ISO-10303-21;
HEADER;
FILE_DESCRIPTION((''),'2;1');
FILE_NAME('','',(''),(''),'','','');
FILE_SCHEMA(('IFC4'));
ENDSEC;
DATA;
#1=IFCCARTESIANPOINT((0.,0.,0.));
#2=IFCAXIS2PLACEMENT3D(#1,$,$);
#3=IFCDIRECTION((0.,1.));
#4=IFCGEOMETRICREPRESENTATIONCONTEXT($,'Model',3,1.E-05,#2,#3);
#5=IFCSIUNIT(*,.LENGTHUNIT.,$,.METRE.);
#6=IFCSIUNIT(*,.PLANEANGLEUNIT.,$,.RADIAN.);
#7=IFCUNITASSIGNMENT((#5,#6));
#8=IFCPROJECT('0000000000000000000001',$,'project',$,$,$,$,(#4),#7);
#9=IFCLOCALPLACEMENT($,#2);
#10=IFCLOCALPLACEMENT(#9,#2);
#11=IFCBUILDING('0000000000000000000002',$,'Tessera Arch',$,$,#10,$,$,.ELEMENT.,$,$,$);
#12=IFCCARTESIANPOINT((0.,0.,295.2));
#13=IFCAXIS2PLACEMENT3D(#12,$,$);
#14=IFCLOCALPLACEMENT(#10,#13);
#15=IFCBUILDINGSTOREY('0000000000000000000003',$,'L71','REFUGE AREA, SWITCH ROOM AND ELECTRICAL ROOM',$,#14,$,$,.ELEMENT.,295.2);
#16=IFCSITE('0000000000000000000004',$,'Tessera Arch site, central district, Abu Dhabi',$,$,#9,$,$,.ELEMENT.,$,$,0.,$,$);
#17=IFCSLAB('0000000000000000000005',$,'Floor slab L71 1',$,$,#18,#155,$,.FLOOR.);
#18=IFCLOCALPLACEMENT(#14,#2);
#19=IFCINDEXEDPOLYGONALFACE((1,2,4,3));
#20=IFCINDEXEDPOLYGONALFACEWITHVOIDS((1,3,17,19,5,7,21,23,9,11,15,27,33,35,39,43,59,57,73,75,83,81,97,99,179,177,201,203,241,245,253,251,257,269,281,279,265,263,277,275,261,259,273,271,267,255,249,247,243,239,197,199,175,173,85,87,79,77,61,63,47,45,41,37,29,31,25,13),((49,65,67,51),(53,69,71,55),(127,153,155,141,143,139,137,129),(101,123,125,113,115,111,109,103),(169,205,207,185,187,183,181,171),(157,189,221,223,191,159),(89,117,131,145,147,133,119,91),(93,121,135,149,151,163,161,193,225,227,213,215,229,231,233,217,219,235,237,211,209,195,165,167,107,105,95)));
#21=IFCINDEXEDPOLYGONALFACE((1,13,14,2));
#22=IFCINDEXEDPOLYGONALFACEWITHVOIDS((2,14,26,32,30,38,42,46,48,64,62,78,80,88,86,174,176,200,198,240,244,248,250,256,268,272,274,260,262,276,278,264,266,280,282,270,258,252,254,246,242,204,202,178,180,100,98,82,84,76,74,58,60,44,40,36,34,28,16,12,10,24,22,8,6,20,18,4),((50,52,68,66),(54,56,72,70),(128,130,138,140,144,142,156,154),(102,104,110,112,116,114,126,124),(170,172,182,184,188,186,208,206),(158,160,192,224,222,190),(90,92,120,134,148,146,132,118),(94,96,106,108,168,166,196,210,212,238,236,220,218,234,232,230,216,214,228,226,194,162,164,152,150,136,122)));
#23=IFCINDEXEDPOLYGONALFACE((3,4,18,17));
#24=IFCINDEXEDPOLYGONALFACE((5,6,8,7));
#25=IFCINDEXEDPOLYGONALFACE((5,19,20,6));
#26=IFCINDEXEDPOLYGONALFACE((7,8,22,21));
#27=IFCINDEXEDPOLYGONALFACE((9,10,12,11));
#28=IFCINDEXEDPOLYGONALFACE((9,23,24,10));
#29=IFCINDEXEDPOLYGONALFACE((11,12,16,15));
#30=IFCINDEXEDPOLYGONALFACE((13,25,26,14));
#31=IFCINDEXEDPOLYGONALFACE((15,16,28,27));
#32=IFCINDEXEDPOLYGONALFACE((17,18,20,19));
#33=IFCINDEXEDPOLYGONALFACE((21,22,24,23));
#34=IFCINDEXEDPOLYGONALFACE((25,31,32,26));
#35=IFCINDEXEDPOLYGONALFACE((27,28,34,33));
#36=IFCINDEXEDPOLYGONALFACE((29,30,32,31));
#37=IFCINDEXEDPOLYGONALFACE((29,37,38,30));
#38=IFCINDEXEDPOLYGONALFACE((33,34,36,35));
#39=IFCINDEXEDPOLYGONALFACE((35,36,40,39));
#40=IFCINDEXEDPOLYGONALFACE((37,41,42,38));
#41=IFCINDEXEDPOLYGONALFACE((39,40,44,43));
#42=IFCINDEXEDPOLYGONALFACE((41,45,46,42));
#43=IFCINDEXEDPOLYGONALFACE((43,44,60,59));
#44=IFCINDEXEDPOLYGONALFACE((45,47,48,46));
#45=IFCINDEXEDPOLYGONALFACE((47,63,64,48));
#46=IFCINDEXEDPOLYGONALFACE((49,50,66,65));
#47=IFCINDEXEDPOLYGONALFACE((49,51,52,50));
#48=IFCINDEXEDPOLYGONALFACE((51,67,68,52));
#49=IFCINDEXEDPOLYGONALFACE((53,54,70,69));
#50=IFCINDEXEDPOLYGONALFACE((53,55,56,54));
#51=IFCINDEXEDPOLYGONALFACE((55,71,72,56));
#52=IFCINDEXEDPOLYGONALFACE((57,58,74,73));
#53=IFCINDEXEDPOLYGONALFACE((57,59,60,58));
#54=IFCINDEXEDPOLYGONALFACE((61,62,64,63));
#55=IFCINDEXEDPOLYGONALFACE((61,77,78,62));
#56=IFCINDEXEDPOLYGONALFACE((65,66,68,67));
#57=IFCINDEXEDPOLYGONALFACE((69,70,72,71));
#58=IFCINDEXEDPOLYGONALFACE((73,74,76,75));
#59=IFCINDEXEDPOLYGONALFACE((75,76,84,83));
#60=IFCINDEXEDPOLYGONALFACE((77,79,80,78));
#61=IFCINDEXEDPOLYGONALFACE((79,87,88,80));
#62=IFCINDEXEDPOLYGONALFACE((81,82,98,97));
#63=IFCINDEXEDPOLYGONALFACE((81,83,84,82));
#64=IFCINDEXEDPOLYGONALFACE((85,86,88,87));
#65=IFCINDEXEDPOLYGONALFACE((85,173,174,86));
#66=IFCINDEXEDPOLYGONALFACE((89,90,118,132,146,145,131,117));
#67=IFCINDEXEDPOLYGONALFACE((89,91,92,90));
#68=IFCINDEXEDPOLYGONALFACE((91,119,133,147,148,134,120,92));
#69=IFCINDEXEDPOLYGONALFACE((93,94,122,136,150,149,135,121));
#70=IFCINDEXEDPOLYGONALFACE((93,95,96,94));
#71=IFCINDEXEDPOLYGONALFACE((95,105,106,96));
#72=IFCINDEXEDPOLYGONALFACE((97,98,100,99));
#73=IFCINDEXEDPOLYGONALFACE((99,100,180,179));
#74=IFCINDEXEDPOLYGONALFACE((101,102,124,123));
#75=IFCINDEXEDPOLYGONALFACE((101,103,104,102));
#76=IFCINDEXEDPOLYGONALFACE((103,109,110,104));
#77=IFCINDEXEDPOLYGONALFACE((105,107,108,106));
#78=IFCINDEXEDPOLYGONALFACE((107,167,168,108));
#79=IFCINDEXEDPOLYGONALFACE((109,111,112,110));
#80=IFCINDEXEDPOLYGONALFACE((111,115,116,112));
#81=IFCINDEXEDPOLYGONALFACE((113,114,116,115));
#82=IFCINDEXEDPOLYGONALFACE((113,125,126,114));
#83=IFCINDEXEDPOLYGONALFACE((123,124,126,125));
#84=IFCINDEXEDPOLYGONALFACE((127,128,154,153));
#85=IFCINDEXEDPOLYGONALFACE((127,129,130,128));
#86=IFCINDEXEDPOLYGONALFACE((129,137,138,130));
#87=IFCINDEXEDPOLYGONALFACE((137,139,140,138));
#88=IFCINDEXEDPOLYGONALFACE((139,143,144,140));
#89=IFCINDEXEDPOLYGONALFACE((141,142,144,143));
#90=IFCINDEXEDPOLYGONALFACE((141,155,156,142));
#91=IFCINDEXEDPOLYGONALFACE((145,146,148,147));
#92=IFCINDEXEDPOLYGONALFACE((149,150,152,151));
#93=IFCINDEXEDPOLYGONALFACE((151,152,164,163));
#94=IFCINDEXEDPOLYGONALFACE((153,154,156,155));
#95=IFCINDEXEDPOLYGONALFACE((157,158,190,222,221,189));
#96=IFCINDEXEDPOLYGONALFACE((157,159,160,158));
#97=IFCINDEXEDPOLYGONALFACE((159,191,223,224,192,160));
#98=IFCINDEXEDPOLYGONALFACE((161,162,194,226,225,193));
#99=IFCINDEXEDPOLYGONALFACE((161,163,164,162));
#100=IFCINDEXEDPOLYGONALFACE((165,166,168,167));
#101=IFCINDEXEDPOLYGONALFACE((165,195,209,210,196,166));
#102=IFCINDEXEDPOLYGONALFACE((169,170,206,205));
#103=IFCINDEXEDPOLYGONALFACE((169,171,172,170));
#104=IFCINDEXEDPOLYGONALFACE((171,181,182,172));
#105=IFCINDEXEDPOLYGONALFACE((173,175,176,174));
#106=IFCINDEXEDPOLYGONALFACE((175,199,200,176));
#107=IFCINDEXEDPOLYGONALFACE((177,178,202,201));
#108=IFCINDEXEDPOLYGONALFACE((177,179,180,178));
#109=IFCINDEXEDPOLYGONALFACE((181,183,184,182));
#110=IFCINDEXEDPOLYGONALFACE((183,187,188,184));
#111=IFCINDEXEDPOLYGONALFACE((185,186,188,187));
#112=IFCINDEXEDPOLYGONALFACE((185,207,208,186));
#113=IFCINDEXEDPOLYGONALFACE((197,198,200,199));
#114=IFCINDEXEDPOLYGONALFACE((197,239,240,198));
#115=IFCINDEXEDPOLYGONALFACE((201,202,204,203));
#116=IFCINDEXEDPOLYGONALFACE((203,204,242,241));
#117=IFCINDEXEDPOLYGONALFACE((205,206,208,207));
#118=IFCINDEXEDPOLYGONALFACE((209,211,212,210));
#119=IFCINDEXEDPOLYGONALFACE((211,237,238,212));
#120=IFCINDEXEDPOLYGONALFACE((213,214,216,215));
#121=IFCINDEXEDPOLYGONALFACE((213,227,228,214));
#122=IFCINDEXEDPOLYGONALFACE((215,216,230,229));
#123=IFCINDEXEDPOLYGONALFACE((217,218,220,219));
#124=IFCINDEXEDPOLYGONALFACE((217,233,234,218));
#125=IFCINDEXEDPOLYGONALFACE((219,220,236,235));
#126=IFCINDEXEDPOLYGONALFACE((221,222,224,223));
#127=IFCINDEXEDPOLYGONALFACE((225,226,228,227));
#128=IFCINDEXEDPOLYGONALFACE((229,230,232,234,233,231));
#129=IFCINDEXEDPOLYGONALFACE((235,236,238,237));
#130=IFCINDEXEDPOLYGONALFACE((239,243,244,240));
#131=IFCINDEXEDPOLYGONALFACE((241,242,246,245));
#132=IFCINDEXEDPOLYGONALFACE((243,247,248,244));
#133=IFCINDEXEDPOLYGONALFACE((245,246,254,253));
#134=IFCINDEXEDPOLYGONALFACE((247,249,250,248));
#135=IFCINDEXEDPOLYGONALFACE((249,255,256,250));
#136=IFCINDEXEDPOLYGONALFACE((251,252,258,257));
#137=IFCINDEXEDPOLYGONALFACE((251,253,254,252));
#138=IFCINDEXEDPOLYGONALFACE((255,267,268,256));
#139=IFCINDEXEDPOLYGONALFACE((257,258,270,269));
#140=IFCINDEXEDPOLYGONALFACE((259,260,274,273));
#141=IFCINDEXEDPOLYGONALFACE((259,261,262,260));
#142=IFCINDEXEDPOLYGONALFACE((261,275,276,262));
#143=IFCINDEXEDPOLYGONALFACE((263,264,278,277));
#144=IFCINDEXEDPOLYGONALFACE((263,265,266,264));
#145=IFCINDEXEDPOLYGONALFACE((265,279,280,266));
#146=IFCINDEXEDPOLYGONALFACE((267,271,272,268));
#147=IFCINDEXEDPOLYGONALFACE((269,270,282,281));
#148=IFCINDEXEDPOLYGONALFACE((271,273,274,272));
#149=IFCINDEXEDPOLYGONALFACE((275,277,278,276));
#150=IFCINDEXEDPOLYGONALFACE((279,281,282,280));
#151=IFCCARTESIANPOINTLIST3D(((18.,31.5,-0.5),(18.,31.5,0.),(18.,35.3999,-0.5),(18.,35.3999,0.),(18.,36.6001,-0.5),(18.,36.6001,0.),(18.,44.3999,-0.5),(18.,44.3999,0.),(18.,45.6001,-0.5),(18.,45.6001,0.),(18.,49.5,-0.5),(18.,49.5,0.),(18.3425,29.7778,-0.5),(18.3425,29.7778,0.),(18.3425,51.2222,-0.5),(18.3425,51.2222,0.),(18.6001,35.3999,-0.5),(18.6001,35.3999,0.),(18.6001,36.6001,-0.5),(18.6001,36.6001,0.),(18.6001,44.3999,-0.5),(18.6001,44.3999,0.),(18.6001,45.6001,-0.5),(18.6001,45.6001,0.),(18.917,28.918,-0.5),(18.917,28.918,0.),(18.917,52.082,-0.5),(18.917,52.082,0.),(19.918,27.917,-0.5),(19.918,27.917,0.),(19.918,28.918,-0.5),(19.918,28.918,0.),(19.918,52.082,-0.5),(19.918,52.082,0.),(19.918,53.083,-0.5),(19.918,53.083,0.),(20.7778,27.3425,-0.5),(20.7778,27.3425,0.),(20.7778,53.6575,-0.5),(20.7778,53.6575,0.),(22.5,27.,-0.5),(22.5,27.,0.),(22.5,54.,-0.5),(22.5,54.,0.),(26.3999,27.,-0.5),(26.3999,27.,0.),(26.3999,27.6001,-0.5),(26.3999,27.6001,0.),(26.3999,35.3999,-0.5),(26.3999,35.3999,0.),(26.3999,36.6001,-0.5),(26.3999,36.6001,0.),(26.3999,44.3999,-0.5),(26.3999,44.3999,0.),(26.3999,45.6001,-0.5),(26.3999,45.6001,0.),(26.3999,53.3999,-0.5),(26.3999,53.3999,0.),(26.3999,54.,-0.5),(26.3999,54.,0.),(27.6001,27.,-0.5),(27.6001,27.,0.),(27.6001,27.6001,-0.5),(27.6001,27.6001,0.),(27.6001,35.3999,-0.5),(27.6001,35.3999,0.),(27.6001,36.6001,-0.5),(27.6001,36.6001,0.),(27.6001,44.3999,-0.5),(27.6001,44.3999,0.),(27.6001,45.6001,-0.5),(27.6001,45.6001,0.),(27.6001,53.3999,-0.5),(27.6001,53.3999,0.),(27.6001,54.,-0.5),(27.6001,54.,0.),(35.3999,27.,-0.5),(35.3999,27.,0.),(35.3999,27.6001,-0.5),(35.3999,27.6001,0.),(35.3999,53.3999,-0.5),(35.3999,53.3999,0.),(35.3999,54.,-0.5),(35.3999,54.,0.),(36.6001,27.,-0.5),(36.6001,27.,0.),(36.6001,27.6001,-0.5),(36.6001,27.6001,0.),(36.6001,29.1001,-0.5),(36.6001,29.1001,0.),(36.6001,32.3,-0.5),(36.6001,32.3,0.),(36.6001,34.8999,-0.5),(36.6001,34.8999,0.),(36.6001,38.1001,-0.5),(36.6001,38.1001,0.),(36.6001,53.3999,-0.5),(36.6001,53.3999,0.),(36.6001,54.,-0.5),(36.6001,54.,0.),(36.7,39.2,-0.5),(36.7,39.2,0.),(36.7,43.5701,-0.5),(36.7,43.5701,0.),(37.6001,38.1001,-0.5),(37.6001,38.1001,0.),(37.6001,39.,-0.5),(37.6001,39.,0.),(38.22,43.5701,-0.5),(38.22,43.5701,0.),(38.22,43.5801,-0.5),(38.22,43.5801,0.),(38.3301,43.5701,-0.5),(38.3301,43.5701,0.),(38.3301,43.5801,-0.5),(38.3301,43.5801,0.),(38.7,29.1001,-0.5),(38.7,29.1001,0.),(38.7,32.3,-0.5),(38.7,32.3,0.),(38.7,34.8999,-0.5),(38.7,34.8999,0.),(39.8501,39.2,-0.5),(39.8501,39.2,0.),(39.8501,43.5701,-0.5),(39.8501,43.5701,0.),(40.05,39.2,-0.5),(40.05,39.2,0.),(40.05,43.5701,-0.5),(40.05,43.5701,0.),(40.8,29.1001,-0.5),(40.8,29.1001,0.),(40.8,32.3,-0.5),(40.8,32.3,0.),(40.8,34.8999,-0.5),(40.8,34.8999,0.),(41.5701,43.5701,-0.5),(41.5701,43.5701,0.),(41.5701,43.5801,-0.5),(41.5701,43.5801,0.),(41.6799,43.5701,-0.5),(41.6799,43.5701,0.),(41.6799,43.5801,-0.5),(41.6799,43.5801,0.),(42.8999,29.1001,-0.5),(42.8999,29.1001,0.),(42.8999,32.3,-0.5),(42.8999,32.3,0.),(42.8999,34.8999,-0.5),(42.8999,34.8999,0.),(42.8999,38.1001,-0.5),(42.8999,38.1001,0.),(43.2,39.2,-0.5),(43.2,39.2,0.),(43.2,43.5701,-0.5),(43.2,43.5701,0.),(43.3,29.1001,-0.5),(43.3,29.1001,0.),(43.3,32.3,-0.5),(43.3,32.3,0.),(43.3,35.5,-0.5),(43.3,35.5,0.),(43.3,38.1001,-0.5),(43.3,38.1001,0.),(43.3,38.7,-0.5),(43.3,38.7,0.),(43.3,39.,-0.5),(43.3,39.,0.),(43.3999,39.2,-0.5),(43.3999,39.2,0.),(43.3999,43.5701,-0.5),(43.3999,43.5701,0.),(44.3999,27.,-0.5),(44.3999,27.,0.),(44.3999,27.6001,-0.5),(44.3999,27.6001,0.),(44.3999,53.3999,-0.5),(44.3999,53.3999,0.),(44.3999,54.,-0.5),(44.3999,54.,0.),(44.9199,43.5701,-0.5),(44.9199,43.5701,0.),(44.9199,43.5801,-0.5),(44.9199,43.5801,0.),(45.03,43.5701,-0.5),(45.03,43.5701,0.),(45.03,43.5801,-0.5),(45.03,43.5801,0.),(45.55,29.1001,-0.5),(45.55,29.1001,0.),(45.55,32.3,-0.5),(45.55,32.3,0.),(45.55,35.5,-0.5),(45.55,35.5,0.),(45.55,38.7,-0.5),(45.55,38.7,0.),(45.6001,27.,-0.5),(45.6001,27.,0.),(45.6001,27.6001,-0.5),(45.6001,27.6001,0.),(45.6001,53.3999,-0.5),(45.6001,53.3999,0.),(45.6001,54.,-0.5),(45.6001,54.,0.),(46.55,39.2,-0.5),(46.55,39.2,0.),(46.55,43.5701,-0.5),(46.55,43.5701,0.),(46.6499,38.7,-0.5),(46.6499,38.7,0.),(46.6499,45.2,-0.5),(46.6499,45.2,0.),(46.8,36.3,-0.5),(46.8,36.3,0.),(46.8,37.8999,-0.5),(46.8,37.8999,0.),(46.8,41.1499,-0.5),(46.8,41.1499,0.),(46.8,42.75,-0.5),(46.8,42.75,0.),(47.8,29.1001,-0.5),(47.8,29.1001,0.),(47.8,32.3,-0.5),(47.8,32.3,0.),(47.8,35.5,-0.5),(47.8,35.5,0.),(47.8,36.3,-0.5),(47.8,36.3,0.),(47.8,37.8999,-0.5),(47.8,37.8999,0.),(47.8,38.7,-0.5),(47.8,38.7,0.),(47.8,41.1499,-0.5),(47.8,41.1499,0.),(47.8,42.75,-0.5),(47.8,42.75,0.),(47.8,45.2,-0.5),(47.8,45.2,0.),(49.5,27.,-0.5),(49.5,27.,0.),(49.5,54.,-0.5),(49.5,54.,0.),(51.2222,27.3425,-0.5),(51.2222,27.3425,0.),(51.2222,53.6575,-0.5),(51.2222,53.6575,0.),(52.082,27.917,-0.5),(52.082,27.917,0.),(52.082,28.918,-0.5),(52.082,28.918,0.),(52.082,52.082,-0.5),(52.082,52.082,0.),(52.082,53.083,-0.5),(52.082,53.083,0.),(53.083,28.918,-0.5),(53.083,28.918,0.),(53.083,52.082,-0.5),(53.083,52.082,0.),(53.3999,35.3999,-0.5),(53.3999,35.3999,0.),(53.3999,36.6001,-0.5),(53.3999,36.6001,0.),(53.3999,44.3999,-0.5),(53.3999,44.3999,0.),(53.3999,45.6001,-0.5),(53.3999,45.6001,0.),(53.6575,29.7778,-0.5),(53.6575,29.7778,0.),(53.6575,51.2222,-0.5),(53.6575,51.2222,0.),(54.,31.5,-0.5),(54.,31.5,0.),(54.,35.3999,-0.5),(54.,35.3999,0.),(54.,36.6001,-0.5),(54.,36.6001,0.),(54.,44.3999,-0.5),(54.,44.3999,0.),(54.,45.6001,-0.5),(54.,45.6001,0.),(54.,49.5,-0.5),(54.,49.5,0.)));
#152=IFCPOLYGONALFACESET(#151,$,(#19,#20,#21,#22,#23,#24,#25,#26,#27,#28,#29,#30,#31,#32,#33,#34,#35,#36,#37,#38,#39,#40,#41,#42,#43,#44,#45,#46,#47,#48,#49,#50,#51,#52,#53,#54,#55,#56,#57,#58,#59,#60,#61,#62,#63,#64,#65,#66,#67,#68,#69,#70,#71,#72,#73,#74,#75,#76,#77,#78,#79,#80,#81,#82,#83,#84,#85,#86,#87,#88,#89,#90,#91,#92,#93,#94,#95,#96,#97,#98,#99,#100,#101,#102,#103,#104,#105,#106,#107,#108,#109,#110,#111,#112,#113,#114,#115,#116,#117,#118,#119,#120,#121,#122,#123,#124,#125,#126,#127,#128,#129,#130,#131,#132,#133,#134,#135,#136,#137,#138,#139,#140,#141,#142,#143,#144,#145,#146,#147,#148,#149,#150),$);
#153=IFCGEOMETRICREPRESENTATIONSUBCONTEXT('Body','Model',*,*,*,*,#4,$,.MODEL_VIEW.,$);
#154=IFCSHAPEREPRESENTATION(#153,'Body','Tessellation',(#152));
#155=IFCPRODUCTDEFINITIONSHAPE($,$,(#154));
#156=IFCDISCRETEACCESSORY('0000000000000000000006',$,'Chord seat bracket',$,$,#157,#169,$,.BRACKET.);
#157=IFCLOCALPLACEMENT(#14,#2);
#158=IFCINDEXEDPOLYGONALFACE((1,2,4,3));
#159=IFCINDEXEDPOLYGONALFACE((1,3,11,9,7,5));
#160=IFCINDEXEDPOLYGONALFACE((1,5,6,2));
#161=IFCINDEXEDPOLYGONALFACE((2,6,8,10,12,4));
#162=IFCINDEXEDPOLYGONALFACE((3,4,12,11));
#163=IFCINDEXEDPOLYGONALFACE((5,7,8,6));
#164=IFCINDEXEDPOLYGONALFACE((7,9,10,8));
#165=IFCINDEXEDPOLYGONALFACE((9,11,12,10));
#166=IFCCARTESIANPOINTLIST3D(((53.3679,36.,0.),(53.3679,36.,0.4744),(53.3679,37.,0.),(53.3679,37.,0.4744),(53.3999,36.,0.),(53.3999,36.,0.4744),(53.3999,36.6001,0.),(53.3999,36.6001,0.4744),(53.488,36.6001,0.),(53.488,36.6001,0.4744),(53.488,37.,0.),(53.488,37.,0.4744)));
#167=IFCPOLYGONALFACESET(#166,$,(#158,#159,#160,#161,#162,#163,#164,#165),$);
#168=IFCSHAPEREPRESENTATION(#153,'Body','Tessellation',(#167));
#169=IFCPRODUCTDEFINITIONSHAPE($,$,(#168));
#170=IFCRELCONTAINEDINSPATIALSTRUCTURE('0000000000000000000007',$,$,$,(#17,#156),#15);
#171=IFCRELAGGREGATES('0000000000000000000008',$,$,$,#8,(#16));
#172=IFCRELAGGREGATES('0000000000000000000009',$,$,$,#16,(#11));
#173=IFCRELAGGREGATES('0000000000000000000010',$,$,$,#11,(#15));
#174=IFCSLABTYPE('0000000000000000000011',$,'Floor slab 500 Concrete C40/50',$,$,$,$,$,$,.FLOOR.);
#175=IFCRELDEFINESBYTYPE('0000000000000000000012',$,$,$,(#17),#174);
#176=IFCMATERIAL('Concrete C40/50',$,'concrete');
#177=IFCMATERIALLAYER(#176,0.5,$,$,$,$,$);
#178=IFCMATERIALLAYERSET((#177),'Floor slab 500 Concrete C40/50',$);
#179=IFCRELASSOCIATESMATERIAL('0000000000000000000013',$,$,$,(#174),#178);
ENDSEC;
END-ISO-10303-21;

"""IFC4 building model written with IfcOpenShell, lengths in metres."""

from ifc_helpers import new_model, si_unit, direction, frame, origin, place, context, subcontext, project, spatial, polyline, outline, extrude, material, layer, layer_set, type_object, element, save


model = new_model("IFC4")

# Units and contexts
model_context = context("Model", 3, precision=1e-05, world=origin(), true_north=direction((0.0, 1.0)))
body_context = subcontext(model_context, "Body", "Model", "MODEL_VIEW")
ifc_project = project(units=[si_unit("LENGTHUNIT", "METRE"), si_unit("PLANEANGLEUNIT", "RADIAN")], contexts=[model_context])

# Site, building, storey
site_placement = place(None, origin())
site = spatial("IfcSite", under=ifc_project, at=site_placement, Name="Tessera Arch site, central district, Abu Dhabi", CompositionType="ELEMENT", RefElevation=0.0)
building_placement = place(site_placement, origin())
building = spatial("IfcBuilding", under=site, at=building_placement, Name="Tessera Arch", CompositionType="ELEMENT")
storey_placement = place(building_placement, frame((0.0, 0.0, 295.2)))
storey = spatial("IfcBuildingStorey", under=building, at=storey_placement, Name="L71", Description="REFUGE AREA, SWITCH ROOM AND ELECTRICAL ROOM", CompositionType="ELEMENT", Elevation=295.2)

# Slab
ifc_material_1 = material(Name="Concrete C40/50", Category="concrete")
ifc_layer_1 = layer(ifc_material_1, 0.5)
ifc_layer_set_1 = layer_set([ifc_layer_1], Name="Floor slab 500 Concrete C40/50")
slab_type = type_object("IfcSlabType", Name="Floor slab 500 Concrete C40/50", PredefinedType="FLOOR", material=ifc_layer_set_1)
slab_placement = place(storey_placement, frame((0.0, 0.0, -0.5)))
element("IfcSlab", 1, at=slab_placement, inside=storey, type_object=slab_type, Name="Floor slab L71 1", PredefinedType="FLOOR", context=body_context, shape_type="SweptSolid", body=[
    extrude(outline(polyline([(54.0, 31.5), (53.6575, 29.7778), (53.083, 28.918), (52.082, 28.918), (52.082, 27.917), (51.2222, 27.3425), (49.5, 27.0), (45.6001, 27.0), (45.6001, 27.6001), (44.3999, 27.6001), (44.3999, 27.0), (36.6001, 27.0), (36.6001, 27.6001), (35.3999, 27.6001), (35.3999, 27.0), (27.6001, 27.0), (27.6001, 27.6001), (26.3999, 27.6001), (26.3999, 27.0), (22.5, 27.0), (20.7778, 27.3425), (19.918, 27.917), (19.918, 28.918), (18.917, 28.918), (18.3425, 29.7778), (18.0, 31.5), (18.0, 35.3999), (18.6001, 35.3999), (18.6001, 36.6001), (18.0, 36.6001), (18.0, 44.3999), (18.6001, 44.3999), (18.6001, 45.6001), (18.0, 45.6001), (18.0, 49.5), (18.3425, 51.2222), (18.917, 52.082), (19.918, 52.082), (19.918, 53.083), (20.7778, 53.6575), (22.5, 54.0), (26.3999, 54.0), (26.3999, 53.3999), (27.6001, 53.3999), (27.6001, 54.0), (35.3999, 54.0), (35.3999, 53.3999), (36.6001, 53.3999), (36.6001, 54.0), (44.3999, 54.0), (44.3999, 53.3999), (45.6001, 53.3999), (45.6001, 54.0), (49.5, 54.0), (51.2222, 53.6575), (52.082, 53.083), (52.082, 52.082), (53.083, 52.082), (53.6575, 51.2222), (54.0, 49.5), (54.0, 45.6001), (53.3999, 45.6001), (53.3999, 44.3999), (54.0, 44.3999), (54.0, 36.6001), (53.3999, 36.6001), (53.3999, 35.3999), (54.0, 35.3999), (54.0, 31.5)]), holes=[polyline([(40.8, 29.1001), (42.8999, 29.1001), (42.8999, 32.3), (40.8, 32.3), (38.7, 32.3), (36.6001, 32.3), (36.6001, 29.1001), (38.7, 29.1001), (40.8, 29.1001)]), polyline([(27.6001, 35.3999), (27.6001, 36.6001), (26.3999, 36.6001), (26.3999, 35.3999), (27.6001, 35.3999)]), polyline([(37.6001, 39.0), (37.6001, 38.1001), (36.6001, 38.1001), (36.6001, 34.8999), (38.7, 34.8999), (40.8, 34.8999), (42.8999, 34.8999), (42.8999, 38.1001), (43.3, 38.1001), (43.3, 35.5), (45.55, 35.5), (47.8, 35.5), (47.8, 36.3), (46.8, 36.3), (46.8, 37.8999), (47.8, 37.8999), (47.8, 38.7), (47.8, 41.1499), (46.8, 41.1499), (46.8, 42.75), (47.8, 42.75), (47.8, 45.2), (46.6499, 45.2), (46.6499, 38.7), (45.55, 38.7), (43.3, 38.7), (43.3, 39.0), (37.6001, 39.0)]), polyline([(38.22, 43.5801), (38.22, 43.5701), (36.7, 43.5701), (36.7, 39.2), (39.8501, 39.2), (39.8501, 43.5701), (38.3301, 43.5701), (38.3301, 43.5801), (38.22, 43.5801)]), polyline([(27.6001, 44.3999), (27.6001, 45.6001), (26.3999, 45.6001), (26.3999, 44.3999), (27.6001, 44.3999)]), polyline([(47.8, 32.3), (45.55, 32.3), (43.3, 32.3), (43.3, 29.1001), (45.55, 29.1001), (47.8, 29.1001), (47.8, 32.3)]), polyline([(41.5701, 43.5801), (41.5701, 43.5701), (40.05, 43.5701), (40.05, 39.2), (43.2, 39.2), (43.2, 43.5701), (41.6799, 43.5701), (41.6799, 43.5801), (41.5701, 43.5801)]), polyline([(44.9199, 43.5801), (44.9199, 43.5701), (43.3999, 43.5701), (43.3999, 39.2), (46.55, 39.2), (46.55, 43.5701), (45.03, 43.5701), (45.03, 43.5801), (44.9199, 43.5801)])]), origin(), (0.0, 0.0, 1.0), 0.5),
])

# Discrete accessory
discrete_accessory_1_placement = place(storey_placement, origin())
element("IfcDiscreteAccessory", 2, at=discrete_accessory_1_placement, inside=storey, Name="Chord seat bracket", PredefinedType="BRACKET", context=body_context, shape_type="SweptSolid", body=[
    extrude(outline(polyline([(53.488, 37.0), (53.488, 36.6001), (53.3999, 36.6001), (53.3999, 36.0), (53.3679, 36.0), (53.3679, 37.0), (53.488, 37.0)])), origin(), (0.0, 0.0, 1.0), 0.4744),
])

save(model, "model.ifc")
